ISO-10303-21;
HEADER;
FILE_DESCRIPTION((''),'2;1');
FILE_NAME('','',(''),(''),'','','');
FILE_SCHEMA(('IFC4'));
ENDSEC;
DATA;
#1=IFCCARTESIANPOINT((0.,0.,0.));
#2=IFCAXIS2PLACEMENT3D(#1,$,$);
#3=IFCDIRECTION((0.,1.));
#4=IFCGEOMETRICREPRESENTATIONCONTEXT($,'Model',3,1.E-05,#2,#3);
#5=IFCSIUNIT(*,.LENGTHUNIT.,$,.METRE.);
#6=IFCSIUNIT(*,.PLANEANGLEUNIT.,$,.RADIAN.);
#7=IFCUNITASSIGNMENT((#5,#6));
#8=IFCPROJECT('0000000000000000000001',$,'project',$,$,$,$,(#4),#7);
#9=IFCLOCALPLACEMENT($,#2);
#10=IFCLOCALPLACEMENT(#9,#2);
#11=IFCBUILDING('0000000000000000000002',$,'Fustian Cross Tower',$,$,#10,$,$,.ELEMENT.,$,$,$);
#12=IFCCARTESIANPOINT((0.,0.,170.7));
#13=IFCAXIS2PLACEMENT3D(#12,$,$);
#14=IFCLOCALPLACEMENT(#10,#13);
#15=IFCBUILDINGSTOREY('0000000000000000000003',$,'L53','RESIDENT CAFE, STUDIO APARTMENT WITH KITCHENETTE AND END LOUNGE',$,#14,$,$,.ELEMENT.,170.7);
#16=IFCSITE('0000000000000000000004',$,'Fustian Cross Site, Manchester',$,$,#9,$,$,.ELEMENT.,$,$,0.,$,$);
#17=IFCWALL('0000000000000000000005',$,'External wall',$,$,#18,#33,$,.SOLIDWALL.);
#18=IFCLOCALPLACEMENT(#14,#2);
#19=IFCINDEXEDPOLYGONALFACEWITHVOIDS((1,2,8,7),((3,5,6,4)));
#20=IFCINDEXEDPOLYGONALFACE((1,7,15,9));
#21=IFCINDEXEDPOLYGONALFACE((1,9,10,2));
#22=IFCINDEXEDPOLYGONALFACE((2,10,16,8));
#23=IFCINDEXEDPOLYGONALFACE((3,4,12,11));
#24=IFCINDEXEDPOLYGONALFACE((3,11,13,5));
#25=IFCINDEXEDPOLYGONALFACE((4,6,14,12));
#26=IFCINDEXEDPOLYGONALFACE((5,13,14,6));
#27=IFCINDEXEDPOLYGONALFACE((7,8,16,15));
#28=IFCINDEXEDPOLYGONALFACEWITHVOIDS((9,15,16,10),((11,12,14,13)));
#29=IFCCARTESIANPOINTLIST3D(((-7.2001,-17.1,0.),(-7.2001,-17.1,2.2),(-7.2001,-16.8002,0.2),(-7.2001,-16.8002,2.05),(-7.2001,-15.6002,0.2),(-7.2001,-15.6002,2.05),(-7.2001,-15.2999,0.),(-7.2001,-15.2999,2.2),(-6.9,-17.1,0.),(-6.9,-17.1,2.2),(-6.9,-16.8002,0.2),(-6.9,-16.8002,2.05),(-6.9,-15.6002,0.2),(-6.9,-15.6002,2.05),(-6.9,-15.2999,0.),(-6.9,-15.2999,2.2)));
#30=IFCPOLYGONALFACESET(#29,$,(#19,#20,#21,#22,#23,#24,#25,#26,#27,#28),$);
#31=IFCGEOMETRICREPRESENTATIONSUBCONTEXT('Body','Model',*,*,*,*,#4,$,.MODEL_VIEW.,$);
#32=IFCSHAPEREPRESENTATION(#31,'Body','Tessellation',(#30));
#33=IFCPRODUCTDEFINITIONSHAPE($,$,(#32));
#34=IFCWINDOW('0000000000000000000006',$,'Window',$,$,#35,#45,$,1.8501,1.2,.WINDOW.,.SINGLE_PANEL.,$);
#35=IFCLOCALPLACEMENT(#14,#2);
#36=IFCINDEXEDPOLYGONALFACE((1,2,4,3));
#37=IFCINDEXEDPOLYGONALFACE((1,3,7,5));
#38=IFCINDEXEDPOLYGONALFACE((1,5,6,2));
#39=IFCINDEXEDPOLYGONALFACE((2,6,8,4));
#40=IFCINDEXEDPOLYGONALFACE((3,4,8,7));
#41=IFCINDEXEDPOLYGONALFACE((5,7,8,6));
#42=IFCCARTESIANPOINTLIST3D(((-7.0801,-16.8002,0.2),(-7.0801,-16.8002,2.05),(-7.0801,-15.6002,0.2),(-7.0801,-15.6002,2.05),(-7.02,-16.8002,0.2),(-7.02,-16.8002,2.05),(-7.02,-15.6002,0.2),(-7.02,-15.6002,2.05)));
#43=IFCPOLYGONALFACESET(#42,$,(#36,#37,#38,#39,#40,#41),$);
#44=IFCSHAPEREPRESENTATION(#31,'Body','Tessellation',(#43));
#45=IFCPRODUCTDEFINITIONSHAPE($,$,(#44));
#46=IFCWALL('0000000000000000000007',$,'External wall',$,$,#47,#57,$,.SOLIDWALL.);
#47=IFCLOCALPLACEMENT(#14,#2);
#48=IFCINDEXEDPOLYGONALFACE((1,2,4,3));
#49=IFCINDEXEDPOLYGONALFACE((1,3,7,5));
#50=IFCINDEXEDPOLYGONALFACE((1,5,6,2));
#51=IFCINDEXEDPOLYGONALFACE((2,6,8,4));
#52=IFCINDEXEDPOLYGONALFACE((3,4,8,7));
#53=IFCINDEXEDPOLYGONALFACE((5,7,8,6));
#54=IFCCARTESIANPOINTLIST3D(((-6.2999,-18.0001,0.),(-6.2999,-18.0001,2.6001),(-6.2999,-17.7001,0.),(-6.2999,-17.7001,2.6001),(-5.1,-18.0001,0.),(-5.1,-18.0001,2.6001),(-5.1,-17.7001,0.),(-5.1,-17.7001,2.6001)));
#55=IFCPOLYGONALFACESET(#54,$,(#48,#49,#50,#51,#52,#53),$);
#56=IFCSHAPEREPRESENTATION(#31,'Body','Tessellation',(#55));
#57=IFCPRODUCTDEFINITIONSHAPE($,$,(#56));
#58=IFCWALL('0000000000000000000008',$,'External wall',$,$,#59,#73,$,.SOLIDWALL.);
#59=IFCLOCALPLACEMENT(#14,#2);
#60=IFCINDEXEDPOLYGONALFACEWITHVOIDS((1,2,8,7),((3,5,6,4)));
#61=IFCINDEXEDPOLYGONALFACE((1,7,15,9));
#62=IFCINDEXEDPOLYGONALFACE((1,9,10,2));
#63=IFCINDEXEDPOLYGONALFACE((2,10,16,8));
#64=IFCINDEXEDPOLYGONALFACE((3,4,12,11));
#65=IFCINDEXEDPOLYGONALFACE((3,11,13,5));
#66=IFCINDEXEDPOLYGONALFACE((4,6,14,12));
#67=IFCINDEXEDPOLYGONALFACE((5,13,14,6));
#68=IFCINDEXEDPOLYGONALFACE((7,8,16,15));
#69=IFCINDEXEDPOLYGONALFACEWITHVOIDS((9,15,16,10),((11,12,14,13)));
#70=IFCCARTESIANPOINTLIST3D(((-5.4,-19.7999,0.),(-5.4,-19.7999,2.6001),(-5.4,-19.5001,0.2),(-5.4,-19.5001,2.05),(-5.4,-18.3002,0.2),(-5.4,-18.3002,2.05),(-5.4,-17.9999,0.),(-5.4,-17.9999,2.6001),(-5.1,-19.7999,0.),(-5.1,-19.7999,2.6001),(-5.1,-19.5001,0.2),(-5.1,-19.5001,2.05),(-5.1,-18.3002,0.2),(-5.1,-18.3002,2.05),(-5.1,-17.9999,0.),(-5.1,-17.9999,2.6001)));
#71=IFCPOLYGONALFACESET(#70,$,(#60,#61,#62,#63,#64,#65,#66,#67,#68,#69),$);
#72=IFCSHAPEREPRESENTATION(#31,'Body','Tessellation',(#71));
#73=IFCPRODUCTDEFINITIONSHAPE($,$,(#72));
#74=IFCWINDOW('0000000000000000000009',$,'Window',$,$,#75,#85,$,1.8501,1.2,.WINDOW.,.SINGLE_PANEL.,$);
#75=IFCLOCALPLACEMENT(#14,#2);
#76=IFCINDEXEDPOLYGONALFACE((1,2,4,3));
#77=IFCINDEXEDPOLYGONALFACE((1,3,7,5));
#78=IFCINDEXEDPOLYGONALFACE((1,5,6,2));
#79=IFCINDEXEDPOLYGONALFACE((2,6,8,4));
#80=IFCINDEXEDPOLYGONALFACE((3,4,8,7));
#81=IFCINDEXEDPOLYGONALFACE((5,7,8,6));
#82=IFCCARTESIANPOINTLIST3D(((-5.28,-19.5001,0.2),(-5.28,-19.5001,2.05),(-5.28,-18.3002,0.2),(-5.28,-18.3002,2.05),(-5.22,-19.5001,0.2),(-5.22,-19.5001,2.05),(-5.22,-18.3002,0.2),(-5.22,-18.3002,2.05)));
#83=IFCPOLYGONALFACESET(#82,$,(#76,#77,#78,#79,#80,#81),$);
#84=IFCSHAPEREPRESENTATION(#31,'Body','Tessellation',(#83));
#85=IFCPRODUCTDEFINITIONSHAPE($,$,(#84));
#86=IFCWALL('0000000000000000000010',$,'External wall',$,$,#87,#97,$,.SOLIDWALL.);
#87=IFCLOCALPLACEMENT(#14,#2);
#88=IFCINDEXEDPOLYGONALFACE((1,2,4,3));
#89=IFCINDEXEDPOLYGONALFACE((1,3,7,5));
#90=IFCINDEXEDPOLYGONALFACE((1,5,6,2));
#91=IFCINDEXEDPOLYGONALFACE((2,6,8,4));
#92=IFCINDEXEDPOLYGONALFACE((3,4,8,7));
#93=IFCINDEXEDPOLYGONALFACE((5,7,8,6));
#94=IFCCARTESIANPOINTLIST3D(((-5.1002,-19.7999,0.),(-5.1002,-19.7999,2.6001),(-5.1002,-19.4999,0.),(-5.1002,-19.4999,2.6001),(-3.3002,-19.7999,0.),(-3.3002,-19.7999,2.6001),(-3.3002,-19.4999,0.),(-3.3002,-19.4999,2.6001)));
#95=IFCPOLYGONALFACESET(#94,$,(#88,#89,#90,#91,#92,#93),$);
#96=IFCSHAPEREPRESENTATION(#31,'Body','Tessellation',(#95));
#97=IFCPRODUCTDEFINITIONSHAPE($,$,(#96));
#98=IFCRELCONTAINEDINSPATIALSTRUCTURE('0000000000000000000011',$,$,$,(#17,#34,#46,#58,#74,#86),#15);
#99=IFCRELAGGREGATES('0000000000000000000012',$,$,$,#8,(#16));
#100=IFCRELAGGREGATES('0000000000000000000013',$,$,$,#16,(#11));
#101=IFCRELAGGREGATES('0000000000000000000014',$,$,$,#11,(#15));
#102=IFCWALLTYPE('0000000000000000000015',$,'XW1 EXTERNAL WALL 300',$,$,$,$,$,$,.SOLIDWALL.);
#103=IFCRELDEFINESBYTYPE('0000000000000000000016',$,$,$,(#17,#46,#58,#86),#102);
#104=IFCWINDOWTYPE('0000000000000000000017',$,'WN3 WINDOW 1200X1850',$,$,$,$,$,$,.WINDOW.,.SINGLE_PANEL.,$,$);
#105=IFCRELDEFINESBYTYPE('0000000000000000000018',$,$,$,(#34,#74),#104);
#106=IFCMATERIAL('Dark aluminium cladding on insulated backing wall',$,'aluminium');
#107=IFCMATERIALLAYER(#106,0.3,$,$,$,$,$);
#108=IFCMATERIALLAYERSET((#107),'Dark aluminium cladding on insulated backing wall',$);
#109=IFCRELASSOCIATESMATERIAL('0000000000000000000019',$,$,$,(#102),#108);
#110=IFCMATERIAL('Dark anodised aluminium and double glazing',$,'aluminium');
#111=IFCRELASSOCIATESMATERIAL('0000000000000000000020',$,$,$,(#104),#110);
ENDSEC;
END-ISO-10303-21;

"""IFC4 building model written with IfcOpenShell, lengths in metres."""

from ifc_helpers import new_model, si_unit, direction, frame, frame_2d, origin, place, context, subcontext, project, spatial, rectangle, extrude, material, layer, layer_set, type_object, element, fill, save


model = new_model("IFC4")

# Units and contexts
model_context = context("Model", 3, precision=1e-05, world=origin(), true_north=direction((0.0, 1.0)))
body_context = subcontext(model_context, "Body", "Model", "MODEL_VIEW")
ifc_project = project(units=[si_unit("LENGTHUNIT", "METRE"), si_unit("PLANEANGLEUNIT", "RADIAN")], contexts=[model_context])

# Site, building, storey
site_placement = place(None, origin())
site = spatial("IfcSite", under=ifc_project, at=site_placement, Name="Fustian Cross Site, Manchester", CompositionType="ELEMENT", RefElevation=0.0)
building_placement = place(site_placement, origin())
building = spatial("IfcBuilding", under=site, at=building_placement, Name="Fustian Cross Tower", CompositionType="ELEMENT")
storey_placement = place(building_placement, frame((0.0, 0.0, 170.7)))
storey = spatial("IfcBuildingStorey", under=building, at=storey_placement, Name="L53", Description="RESIDENT CAFE, STUDIO APARTMENT WITH KITCHENETTE AND END LOUNGE", CompositionType="ELEMENT", Elevation=170.7)

# Shared definitions
ifc_material_1 = material(Name="Dark aluminium cladding on insulated backing wall", Category="aluminium")
ifc_layer_1 = layer(ifc_material_1, 0.3)
ifc_layer_set_1 = layer_set([ifc_layer_1], Name="Dark aluminium cladding on insulated backing wall")
wall_type_1 = type_object("IfcWallType", Name="XW1 EXTERNAL WALL 300", PredefinedType="SOLIDWALL", material=ifc_layer_set_1)

# Wall, opening, window
wall_1_placement = place(storey_placement, frame((-7.05, -15.3, 0.0), z_axis=(0.0, 0.0, 1.0), x_axis=(0.0, -1.0, 0.0)))
wall_1 = element("IfcWall", 1, at=wall_1_placement, inside=storey, type_object=wall_type_1, Name="External wall", PredefinedType="SOLIDWALL", context=body_context, shape_type="SweptSolid", body=[
    extrude(rectangle(XDim=1.8, YDim=0.3, at=frame_2d((0.8999, 0.0))), origin(), (0.0, 0.0, 1.0), 2.2),
])
opening_1_placement = place(wall_1_placement, frame((0.3, 0.0, 0.2)))
opening_1 = element("IfcOpeningElement", 2, at=opening_1_placement, cuts=wall_1, PredefinedType="OPENING", context=body_context, shape_type="SweptSolid", body=[
    extrude(rectangle(XDim=1.2, YDim=1.8501, at=frame_2d((0.6001, 0.925))), frame((0.0, 0.1599, 0.0), z_axis=(0.0, -1.0, 0.0), x_axis=(1.0, 0.0, 0.0)), (0.0, 0.0, 1.0), 0.3201),
])
ifc_material_2 = material(Name="Dark anodised aluminium and double glazing", Category="aluminium")
window_type = type_object("IfcWindowType", Name="WN3 WINDOW 1200X1850", PartitioningType="SINGLE_PANEL", PredefinedType="WINDOW", material=ifc_material_2)
window_1_placement = place(opening_1_placement, origin())
window_1 = element("IfcWindow", 3, at=window_1_placement, inside=storey, type_object=window_type, Name="Window", OverallHeight=1.8501, OverallWidth=1.2, PartitioningType="SINGLE_PANEL", PredefinedType="WINDOW", context=body_context, shape_type="SweptSolid", body=[
    extrude(rectangle(XDim=1.2, YDim=1.8501, at=frame_2d((0.6001, 0.925))), frame((0.0, 0.03, 0.0), z_axis=(0.0, -1.0, 0.0), x_axis=(1.0, 0.0, 0.0)), (0.0, 0.0, 1.0), 0.0601),
])
fill(opening_1, window_1)

# Wall
wall_2_placement = place(storey_placement, frame((-6.3, -17.8501, 0.0), z_axis=(0.0, 0.0, 1.0), x_axis=(1.0, 0.0, 0.0)))
element("IfcWall", 4, at=wall_2_placement, inside=storey, type_object=wall_type_1, Name="External wall", PredefinedType="SOLIDWALL", context=body_context, shape_type="SweptSolid", body=[
    extrude(rectangle(XDim=1.2, YDim=0.3, at=frame_2d((0.6001, 0.0))), origin(), (0.0, 0.0, 1.0), 2.6001),
])

# Wall, opening, window
wall_3_placement = place(storey_placement, frame((-5.25, -18.0, 0.0), z_axis=(0.0, 0.0, 1.0), x_axis=(0.0, -1.0, 0.0)))
wall_3 = element("IfcWall", 5, at=wall_3_placement, inside=storey, type_object=wall_type_1, Name="External wall", PredefinedType="SOLIDWALL", context=body_context, shape_type="SweptSolid", body=[
    extrude(rectangle(XDim=1.8, YDim=0.3, at=frame_2d((0.8999, 0.0))), origin(), (0.0, 0.0, 1.0), 2.6001),
])
opening_2_placement = place(wall_3_placement, frame((0.3, 0.0, 0.2)))
opening_2 = element("IfcOpeningElement", 6, at=opening_2_placement, cuts=wall_3, PredefinedType="OPENING", context=body_context, shape_type="SweptSolid", body=[
    extrude(rectangle(XDim=1.2, YDim=1.8501, at=frame_2d((0.6001, 0.925))), frame((0.0, 0.1599, 0.0), z_axis=(0.0, -1.0, 0.0), x_axis=(1.0, 0.0, 0.0)), (0.0, 0.0, 1.0), 0.3201),
])
window_2_placement = place(opening_2_placement, origin())
window_2 = element("IfcWindow", 7, at=window_2_placement, inside=storey, type_object=window_type, Name="Window", OverallHeight=1.8501, OverallWidth=1.2, PartitioningType="SINGLE_PANEL", PredefinedType="WINDOW", context=body_context, shape_type="SweptSolid", body=[
    extrude(rectangle(XDim=1.2, YDim=1.8501, at=frame_2d((0.6001, 0.925))), frame((0.0, 0.03, 0.0), z_axis=(0.0, -1.0, 0.0), x_axis=(1.0, 0.0, 0.0)), (0.0, 0.0, 1.0), 0.0601),
])
fill(opening_2, window_2)

# Wall
wall_4_placement = place(storey_placement, frame((-5.1001, -19.6499, 0.0), z_axis=(0.0, 0.0, 1.0), x_axis=(1.0, 0.0, 0.0)))
element("IfcWall", 8, at=wall_4_placement, inside=storey, type_object=wall_type_1, Name="External wall", PredefinedType="SOLIDWALL", context=body_context, shape_type="SweptSolid", body=[
    extrude(rectangle(XDim=1.8, YDim=0.3, at=frame_2d((0.8999, 0.0))), origin(), (0.0, 0.0, 1.0), 2.6001),
])

save(model, "model.ifc")
